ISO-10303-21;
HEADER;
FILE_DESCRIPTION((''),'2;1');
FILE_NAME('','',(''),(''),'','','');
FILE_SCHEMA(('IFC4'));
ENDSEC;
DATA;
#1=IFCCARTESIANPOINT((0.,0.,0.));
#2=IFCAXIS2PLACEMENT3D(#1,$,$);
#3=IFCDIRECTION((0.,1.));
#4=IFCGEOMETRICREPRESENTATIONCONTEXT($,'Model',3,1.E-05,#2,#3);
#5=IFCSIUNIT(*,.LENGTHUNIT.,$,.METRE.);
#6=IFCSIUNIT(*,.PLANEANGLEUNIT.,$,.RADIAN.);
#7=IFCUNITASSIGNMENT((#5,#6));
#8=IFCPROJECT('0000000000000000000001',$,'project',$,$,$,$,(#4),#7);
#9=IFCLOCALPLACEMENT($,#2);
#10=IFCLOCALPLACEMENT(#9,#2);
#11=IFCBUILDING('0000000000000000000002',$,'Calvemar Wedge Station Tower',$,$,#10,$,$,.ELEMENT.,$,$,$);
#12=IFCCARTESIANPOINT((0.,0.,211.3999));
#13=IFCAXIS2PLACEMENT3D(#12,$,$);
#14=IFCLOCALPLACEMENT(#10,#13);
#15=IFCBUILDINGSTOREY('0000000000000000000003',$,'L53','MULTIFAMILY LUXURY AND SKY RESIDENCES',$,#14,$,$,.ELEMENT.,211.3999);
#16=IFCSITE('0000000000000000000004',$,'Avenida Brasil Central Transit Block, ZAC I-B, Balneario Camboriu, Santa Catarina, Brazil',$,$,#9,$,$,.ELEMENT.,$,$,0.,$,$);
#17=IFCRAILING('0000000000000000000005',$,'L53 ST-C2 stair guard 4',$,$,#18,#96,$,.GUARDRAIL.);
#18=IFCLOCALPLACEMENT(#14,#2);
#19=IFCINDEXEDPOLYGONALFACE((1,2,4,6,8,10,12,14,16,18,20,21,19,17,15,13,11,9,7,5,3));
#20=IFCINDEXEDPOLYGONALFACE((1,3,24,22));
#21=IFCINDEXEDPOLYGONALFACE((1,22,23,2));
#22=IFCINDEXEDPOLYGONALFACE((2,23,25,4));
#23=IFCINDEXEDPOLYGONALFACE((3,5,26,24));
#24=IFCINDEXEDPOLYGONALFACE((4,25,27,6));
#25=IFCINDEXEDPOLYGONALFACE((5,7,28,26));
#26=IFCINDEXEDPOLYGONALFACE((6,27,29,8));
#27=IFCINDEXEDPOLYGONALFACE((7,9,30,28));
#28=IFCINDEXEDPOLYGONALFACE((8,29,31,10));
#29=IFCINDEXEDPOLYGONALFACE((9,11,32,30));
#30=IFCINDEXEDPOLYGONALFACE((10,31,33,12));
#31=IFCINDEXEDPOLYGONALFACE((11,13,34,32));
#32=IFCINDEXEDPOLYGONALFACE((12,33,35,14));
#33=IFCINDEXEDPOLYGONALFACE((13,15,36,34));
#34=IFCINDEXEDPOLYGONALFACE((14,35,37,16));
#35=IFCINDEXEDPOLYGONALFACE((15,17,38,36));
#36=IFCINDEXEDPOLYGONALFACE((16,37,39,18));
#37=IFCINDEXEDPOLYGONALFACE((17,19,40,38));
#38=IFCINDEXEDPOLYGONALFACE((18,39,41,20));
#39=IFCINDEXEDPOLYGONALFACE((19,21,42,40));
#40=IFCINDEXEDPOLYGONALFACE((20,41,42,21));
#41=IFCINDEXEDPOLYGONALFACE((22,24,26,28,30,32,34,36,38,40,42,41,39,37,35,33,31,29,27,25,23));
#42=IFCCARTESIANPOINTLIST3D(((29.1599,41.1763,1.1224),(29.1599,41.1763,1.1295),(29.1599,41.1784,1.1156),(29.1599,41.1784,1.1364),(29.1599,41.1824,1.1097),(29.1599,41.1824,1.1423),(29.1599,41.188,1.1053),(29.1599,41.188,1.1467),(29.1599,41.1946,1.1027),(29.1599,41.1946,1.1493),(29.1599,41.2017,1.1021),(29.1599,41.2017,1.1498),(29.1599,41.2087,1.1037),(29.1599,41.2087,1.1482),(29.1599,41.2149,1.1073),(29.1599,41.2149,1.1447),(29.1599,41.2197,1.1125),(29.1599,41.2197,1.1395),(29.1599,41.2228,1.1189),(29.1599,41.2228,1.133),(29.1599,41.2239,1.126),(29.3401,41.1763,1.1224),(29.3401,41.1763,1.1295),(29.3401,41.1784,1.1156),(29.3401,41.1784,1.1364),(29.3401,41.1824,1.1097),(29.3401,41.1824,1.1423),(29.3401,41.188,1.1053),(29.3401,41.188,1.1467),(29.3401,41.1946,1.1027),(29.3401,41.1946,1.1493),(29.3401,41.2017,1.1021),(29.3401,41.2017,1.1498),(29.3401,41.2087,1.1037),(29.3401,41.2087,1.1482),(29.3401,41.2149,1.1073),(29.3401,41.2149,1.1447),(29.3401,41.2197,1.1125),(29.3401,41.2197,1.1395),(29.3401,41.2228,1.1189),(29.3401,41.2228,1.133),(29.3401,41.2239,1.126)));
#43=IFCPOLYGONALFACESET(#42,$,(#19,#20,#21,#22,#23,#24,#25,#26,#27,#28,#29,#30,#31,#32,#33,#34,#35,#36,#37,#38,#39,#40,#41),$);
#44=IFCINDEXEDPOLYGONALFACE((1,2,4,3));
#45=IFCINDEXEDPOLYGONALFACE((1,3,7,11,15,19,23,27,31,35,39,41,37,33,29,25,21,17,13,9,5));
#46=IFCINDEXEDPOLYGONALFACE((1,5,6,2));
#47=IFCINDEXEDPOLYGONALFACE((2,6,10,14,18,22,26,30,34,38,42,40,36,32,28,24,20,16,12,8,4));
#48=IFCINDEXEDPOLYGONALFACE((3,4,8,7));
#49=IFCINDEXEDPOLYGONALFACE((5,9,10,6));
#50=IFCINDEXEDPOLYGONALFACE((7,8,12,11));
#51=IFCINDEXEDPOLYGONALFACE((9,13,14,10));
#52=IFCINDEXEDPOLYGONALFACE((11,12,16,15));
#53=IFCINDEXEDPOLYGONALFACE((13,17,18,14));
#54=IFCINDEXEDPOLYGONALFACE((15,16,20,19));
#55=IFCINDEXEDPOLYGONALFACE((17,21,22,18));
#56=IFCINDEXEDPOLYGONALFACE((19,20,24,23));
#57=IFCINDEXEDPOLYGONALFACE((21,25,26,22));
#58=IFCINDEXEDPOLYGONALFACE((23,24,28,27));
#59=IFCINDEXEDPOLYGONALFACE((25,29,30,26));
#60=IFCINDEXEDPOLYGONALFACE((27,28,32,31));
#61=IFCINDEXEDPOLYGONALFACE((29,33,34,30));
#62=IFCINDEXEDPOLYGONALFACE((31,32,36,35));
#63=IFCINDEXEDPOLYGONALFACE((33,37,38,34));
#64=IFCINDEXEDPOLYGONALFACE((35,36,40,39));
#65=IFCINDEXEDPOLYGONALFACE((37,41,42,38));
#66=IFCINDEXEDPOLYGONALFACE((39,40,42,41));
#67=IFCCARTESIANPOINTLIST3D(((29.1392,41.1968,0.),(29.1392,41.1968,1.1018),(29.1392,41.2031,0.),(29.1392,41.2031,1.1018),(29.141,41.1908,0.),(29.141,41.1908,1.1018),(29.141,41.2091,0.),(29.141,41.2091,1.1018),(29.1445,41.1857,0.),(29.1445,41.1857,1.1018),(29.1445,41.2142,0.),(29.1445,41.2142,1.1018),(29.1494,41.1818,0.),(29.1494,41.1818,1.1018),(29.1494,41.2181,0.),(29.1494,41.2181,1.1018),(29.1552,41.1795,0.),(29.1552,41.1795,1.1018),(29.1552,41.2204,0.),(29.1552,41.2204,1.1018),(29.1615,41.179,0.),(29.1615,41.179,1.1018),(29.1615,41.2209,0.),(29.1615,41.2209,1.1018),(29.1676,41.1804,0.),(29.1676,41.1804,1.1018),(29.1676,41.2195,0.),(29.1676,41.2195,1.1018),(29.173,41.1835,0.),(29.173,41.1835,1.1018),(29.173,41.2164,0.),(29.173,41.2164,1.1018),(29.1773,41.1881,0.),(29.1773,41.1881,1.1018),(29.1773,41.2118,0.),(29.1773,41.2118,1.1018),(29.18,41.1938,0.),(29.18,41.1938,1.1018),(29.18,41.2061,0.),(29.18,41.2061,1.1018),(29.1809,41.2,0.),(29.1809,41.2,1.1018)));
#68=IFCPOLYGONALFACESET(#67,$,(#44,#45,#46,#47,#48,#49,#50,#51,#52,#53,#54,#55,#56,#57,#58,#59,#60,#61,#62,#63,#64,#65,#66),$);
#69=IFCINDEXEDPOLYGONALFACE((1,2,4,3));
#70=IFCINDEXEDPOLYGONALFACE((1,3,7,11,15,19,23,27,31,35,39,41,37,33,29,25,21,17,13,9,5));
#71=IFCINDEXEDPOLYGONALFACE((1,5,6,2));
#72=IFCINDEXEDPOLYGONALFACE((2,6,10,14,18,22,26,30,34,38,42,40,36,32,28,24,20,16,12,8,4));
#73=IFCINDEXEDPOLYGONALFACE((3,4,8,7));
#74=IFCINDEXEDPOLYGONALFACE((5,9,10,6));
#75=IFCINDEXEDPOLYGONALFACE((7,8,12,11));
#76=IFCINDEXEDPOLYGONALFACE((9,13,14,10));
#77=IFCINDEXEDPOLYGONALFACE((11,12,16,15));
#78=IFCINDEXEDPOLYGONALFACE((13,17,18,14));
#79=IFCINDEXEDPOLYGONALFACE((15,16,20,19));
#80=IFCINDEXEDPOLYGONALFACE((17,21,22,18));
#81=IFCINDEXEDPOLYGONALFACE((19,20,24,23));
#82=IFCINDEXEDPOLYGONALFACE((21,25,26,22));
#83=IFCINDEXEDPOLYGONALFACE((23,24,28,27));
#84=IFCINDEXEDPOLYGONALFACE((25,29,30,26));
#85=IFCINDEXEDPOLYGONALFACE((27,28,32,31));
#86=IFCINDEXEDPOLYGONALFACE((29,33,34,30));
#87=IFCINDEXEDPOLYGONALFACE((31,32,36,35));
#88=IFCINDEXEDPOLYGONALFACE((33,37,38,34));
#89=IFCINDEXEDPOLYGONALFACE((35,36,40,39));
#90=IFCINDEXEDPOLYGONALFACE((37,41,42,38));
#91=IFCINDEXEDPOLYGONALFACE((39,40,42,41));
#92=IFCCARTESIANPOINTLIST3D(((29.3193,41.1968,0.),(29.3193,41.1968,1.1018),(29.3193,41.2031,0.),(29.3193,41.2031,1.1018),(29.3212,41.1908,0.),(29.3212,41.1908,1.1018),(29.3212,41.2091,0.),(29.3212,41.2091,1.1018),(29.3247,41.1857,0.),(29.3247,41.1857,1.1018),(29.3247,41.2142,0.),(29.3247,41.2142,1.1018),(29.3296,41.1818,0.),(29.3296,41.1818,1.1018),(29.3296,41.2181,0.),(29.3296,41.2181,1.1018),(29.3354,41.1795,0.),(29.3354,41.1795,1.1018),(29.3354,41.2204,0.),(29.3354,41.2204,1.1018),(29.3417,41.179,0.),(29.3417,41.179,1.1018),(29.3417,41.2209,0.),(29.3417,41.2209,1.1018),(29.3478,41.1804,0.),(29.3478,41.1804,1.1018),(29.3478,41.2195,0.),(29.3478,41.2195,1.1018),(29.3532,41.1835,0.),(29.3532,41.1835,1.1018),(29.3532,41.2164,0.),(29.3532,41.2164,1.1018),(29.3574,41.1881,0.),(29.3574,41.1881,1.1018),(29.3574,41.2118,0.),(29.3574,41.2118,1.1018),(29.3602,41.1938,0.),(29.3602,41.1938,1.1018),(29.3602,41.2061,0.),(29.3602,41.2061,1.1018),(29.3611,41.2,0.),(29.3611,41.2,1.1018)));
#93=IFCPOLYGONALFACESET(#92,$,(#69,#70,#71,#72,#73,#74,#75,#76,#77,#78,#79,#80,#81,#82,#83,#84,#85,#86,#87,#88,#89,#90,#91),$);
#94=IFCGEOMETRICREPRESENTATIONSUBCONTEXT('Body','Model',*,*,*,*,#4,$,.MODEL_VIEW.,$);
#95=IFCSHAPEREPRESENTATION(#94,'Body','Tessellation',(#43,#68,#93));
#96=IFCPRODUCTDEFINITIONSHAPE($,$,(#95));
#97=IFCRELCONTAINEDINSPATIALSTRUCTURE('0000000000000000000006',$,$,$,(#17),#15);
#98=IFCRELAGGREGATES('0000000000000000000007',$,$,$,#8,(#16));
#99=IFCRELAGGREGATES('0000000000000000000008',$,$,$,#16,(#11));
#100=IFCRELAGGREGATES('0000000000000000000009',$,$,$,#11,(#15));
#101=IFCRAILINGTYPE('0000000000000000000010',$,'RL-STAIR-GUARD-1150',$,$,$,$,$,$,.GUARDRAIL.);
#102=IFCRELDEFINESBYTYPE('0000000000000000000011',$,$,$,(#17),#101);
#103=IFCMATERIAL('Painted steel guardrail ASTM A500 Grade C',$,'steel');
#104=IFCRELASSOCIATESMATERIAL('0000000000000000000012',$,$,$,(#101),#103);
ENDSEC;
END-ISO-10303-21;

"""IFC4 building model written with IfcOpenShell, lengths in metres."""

from ifc_helpers import new_model, si_unit, direction, frame, origin, origin_2d, place, context, subcontext, project, spatial, circle, extrude, material, type_object, element, save


model = new_model("IFC4")

# Units and contexts
model_context = context("Model", 3, precision=1e-05, world=origin(), true_north=direction((0.0, 1.0)))
body_context = subcontext(model_context, "Body", "Model", "MODEL_VIEW")
ifc_project = project(units=[si_unit("LENGTHUNIT", "METRE"), si_unit("PLANEANGLEUNIT", "RADIAN")], contexts=[model_context])

# Site, building, storey
site_placement = place(None, origin())
site = spatial("IfcSite", under=ifc_project, at=site_placement, Name="Avenida Brasil Central Transit Block, ZAC I-B, Balneario Camboriu, Santa Catarina, Brazil", CompositionType="ELEMENT", RefElevation=0.0)
building_placement = place(site_placement, origin())
building = spatial("IfcBuilding", under=site, at=building_placement, Name="Calvemar Wedge Station Tower", CompositionType="ELEMENT")
storey_placement = place(building_placement, frame((0.0, 0.0, 211.3999)))
storey = spatial("IfcBuildingStorey", under=building, at=storey_placement, Name="L53", Description="MULTIFAMILY LUXURY AND SKY RESIDENCES", CompositionType="ELEMENT", Elevation=211.3999)

# Railing
ifc_material_1 = material(Name="Painted steel guardrail ASTM A500 Grade C", Category="steel")
railing_type_1 = type_object("IfcRailingType", Name="RL-STAIR-GUARD-1150", PredefinedType="GUARDRAIL", material=ifc_material_1)
railing_1_placement = place(storey_placement, frame((29.1599, 41.2, 0.0)))
element("IfcRailing", 1, at=railing_1_placement, inside=storey, type_object=railing_type_1, Name="L53 ST-C2 stair guard 4", PredefinedType="GUARDRAIL", context=body_context, shape_type="SweptSolid", body=[
    extrude(circle(Radius=0.0239, at=origin_2d()), frame((0.0, 0.0, 1.126), z_axis=(1.0, 0.0, 0.0), x_axis=(0.0, 1.0, 0.0)), (0.0, 0.0, 1.0), 0.1802),
    extrude(circle(Radius=0.021, at=origin_2d()), origin(), (0.0, 0.0, 1.0), 1.1018),
    extrude(circle(Radius=0.021, at=origin_2d()), frame((0.1802, 0.0, 0.0)), (0.0, 0.0, 1.0), 1.1018),
])

save(model, "model.ifc")
